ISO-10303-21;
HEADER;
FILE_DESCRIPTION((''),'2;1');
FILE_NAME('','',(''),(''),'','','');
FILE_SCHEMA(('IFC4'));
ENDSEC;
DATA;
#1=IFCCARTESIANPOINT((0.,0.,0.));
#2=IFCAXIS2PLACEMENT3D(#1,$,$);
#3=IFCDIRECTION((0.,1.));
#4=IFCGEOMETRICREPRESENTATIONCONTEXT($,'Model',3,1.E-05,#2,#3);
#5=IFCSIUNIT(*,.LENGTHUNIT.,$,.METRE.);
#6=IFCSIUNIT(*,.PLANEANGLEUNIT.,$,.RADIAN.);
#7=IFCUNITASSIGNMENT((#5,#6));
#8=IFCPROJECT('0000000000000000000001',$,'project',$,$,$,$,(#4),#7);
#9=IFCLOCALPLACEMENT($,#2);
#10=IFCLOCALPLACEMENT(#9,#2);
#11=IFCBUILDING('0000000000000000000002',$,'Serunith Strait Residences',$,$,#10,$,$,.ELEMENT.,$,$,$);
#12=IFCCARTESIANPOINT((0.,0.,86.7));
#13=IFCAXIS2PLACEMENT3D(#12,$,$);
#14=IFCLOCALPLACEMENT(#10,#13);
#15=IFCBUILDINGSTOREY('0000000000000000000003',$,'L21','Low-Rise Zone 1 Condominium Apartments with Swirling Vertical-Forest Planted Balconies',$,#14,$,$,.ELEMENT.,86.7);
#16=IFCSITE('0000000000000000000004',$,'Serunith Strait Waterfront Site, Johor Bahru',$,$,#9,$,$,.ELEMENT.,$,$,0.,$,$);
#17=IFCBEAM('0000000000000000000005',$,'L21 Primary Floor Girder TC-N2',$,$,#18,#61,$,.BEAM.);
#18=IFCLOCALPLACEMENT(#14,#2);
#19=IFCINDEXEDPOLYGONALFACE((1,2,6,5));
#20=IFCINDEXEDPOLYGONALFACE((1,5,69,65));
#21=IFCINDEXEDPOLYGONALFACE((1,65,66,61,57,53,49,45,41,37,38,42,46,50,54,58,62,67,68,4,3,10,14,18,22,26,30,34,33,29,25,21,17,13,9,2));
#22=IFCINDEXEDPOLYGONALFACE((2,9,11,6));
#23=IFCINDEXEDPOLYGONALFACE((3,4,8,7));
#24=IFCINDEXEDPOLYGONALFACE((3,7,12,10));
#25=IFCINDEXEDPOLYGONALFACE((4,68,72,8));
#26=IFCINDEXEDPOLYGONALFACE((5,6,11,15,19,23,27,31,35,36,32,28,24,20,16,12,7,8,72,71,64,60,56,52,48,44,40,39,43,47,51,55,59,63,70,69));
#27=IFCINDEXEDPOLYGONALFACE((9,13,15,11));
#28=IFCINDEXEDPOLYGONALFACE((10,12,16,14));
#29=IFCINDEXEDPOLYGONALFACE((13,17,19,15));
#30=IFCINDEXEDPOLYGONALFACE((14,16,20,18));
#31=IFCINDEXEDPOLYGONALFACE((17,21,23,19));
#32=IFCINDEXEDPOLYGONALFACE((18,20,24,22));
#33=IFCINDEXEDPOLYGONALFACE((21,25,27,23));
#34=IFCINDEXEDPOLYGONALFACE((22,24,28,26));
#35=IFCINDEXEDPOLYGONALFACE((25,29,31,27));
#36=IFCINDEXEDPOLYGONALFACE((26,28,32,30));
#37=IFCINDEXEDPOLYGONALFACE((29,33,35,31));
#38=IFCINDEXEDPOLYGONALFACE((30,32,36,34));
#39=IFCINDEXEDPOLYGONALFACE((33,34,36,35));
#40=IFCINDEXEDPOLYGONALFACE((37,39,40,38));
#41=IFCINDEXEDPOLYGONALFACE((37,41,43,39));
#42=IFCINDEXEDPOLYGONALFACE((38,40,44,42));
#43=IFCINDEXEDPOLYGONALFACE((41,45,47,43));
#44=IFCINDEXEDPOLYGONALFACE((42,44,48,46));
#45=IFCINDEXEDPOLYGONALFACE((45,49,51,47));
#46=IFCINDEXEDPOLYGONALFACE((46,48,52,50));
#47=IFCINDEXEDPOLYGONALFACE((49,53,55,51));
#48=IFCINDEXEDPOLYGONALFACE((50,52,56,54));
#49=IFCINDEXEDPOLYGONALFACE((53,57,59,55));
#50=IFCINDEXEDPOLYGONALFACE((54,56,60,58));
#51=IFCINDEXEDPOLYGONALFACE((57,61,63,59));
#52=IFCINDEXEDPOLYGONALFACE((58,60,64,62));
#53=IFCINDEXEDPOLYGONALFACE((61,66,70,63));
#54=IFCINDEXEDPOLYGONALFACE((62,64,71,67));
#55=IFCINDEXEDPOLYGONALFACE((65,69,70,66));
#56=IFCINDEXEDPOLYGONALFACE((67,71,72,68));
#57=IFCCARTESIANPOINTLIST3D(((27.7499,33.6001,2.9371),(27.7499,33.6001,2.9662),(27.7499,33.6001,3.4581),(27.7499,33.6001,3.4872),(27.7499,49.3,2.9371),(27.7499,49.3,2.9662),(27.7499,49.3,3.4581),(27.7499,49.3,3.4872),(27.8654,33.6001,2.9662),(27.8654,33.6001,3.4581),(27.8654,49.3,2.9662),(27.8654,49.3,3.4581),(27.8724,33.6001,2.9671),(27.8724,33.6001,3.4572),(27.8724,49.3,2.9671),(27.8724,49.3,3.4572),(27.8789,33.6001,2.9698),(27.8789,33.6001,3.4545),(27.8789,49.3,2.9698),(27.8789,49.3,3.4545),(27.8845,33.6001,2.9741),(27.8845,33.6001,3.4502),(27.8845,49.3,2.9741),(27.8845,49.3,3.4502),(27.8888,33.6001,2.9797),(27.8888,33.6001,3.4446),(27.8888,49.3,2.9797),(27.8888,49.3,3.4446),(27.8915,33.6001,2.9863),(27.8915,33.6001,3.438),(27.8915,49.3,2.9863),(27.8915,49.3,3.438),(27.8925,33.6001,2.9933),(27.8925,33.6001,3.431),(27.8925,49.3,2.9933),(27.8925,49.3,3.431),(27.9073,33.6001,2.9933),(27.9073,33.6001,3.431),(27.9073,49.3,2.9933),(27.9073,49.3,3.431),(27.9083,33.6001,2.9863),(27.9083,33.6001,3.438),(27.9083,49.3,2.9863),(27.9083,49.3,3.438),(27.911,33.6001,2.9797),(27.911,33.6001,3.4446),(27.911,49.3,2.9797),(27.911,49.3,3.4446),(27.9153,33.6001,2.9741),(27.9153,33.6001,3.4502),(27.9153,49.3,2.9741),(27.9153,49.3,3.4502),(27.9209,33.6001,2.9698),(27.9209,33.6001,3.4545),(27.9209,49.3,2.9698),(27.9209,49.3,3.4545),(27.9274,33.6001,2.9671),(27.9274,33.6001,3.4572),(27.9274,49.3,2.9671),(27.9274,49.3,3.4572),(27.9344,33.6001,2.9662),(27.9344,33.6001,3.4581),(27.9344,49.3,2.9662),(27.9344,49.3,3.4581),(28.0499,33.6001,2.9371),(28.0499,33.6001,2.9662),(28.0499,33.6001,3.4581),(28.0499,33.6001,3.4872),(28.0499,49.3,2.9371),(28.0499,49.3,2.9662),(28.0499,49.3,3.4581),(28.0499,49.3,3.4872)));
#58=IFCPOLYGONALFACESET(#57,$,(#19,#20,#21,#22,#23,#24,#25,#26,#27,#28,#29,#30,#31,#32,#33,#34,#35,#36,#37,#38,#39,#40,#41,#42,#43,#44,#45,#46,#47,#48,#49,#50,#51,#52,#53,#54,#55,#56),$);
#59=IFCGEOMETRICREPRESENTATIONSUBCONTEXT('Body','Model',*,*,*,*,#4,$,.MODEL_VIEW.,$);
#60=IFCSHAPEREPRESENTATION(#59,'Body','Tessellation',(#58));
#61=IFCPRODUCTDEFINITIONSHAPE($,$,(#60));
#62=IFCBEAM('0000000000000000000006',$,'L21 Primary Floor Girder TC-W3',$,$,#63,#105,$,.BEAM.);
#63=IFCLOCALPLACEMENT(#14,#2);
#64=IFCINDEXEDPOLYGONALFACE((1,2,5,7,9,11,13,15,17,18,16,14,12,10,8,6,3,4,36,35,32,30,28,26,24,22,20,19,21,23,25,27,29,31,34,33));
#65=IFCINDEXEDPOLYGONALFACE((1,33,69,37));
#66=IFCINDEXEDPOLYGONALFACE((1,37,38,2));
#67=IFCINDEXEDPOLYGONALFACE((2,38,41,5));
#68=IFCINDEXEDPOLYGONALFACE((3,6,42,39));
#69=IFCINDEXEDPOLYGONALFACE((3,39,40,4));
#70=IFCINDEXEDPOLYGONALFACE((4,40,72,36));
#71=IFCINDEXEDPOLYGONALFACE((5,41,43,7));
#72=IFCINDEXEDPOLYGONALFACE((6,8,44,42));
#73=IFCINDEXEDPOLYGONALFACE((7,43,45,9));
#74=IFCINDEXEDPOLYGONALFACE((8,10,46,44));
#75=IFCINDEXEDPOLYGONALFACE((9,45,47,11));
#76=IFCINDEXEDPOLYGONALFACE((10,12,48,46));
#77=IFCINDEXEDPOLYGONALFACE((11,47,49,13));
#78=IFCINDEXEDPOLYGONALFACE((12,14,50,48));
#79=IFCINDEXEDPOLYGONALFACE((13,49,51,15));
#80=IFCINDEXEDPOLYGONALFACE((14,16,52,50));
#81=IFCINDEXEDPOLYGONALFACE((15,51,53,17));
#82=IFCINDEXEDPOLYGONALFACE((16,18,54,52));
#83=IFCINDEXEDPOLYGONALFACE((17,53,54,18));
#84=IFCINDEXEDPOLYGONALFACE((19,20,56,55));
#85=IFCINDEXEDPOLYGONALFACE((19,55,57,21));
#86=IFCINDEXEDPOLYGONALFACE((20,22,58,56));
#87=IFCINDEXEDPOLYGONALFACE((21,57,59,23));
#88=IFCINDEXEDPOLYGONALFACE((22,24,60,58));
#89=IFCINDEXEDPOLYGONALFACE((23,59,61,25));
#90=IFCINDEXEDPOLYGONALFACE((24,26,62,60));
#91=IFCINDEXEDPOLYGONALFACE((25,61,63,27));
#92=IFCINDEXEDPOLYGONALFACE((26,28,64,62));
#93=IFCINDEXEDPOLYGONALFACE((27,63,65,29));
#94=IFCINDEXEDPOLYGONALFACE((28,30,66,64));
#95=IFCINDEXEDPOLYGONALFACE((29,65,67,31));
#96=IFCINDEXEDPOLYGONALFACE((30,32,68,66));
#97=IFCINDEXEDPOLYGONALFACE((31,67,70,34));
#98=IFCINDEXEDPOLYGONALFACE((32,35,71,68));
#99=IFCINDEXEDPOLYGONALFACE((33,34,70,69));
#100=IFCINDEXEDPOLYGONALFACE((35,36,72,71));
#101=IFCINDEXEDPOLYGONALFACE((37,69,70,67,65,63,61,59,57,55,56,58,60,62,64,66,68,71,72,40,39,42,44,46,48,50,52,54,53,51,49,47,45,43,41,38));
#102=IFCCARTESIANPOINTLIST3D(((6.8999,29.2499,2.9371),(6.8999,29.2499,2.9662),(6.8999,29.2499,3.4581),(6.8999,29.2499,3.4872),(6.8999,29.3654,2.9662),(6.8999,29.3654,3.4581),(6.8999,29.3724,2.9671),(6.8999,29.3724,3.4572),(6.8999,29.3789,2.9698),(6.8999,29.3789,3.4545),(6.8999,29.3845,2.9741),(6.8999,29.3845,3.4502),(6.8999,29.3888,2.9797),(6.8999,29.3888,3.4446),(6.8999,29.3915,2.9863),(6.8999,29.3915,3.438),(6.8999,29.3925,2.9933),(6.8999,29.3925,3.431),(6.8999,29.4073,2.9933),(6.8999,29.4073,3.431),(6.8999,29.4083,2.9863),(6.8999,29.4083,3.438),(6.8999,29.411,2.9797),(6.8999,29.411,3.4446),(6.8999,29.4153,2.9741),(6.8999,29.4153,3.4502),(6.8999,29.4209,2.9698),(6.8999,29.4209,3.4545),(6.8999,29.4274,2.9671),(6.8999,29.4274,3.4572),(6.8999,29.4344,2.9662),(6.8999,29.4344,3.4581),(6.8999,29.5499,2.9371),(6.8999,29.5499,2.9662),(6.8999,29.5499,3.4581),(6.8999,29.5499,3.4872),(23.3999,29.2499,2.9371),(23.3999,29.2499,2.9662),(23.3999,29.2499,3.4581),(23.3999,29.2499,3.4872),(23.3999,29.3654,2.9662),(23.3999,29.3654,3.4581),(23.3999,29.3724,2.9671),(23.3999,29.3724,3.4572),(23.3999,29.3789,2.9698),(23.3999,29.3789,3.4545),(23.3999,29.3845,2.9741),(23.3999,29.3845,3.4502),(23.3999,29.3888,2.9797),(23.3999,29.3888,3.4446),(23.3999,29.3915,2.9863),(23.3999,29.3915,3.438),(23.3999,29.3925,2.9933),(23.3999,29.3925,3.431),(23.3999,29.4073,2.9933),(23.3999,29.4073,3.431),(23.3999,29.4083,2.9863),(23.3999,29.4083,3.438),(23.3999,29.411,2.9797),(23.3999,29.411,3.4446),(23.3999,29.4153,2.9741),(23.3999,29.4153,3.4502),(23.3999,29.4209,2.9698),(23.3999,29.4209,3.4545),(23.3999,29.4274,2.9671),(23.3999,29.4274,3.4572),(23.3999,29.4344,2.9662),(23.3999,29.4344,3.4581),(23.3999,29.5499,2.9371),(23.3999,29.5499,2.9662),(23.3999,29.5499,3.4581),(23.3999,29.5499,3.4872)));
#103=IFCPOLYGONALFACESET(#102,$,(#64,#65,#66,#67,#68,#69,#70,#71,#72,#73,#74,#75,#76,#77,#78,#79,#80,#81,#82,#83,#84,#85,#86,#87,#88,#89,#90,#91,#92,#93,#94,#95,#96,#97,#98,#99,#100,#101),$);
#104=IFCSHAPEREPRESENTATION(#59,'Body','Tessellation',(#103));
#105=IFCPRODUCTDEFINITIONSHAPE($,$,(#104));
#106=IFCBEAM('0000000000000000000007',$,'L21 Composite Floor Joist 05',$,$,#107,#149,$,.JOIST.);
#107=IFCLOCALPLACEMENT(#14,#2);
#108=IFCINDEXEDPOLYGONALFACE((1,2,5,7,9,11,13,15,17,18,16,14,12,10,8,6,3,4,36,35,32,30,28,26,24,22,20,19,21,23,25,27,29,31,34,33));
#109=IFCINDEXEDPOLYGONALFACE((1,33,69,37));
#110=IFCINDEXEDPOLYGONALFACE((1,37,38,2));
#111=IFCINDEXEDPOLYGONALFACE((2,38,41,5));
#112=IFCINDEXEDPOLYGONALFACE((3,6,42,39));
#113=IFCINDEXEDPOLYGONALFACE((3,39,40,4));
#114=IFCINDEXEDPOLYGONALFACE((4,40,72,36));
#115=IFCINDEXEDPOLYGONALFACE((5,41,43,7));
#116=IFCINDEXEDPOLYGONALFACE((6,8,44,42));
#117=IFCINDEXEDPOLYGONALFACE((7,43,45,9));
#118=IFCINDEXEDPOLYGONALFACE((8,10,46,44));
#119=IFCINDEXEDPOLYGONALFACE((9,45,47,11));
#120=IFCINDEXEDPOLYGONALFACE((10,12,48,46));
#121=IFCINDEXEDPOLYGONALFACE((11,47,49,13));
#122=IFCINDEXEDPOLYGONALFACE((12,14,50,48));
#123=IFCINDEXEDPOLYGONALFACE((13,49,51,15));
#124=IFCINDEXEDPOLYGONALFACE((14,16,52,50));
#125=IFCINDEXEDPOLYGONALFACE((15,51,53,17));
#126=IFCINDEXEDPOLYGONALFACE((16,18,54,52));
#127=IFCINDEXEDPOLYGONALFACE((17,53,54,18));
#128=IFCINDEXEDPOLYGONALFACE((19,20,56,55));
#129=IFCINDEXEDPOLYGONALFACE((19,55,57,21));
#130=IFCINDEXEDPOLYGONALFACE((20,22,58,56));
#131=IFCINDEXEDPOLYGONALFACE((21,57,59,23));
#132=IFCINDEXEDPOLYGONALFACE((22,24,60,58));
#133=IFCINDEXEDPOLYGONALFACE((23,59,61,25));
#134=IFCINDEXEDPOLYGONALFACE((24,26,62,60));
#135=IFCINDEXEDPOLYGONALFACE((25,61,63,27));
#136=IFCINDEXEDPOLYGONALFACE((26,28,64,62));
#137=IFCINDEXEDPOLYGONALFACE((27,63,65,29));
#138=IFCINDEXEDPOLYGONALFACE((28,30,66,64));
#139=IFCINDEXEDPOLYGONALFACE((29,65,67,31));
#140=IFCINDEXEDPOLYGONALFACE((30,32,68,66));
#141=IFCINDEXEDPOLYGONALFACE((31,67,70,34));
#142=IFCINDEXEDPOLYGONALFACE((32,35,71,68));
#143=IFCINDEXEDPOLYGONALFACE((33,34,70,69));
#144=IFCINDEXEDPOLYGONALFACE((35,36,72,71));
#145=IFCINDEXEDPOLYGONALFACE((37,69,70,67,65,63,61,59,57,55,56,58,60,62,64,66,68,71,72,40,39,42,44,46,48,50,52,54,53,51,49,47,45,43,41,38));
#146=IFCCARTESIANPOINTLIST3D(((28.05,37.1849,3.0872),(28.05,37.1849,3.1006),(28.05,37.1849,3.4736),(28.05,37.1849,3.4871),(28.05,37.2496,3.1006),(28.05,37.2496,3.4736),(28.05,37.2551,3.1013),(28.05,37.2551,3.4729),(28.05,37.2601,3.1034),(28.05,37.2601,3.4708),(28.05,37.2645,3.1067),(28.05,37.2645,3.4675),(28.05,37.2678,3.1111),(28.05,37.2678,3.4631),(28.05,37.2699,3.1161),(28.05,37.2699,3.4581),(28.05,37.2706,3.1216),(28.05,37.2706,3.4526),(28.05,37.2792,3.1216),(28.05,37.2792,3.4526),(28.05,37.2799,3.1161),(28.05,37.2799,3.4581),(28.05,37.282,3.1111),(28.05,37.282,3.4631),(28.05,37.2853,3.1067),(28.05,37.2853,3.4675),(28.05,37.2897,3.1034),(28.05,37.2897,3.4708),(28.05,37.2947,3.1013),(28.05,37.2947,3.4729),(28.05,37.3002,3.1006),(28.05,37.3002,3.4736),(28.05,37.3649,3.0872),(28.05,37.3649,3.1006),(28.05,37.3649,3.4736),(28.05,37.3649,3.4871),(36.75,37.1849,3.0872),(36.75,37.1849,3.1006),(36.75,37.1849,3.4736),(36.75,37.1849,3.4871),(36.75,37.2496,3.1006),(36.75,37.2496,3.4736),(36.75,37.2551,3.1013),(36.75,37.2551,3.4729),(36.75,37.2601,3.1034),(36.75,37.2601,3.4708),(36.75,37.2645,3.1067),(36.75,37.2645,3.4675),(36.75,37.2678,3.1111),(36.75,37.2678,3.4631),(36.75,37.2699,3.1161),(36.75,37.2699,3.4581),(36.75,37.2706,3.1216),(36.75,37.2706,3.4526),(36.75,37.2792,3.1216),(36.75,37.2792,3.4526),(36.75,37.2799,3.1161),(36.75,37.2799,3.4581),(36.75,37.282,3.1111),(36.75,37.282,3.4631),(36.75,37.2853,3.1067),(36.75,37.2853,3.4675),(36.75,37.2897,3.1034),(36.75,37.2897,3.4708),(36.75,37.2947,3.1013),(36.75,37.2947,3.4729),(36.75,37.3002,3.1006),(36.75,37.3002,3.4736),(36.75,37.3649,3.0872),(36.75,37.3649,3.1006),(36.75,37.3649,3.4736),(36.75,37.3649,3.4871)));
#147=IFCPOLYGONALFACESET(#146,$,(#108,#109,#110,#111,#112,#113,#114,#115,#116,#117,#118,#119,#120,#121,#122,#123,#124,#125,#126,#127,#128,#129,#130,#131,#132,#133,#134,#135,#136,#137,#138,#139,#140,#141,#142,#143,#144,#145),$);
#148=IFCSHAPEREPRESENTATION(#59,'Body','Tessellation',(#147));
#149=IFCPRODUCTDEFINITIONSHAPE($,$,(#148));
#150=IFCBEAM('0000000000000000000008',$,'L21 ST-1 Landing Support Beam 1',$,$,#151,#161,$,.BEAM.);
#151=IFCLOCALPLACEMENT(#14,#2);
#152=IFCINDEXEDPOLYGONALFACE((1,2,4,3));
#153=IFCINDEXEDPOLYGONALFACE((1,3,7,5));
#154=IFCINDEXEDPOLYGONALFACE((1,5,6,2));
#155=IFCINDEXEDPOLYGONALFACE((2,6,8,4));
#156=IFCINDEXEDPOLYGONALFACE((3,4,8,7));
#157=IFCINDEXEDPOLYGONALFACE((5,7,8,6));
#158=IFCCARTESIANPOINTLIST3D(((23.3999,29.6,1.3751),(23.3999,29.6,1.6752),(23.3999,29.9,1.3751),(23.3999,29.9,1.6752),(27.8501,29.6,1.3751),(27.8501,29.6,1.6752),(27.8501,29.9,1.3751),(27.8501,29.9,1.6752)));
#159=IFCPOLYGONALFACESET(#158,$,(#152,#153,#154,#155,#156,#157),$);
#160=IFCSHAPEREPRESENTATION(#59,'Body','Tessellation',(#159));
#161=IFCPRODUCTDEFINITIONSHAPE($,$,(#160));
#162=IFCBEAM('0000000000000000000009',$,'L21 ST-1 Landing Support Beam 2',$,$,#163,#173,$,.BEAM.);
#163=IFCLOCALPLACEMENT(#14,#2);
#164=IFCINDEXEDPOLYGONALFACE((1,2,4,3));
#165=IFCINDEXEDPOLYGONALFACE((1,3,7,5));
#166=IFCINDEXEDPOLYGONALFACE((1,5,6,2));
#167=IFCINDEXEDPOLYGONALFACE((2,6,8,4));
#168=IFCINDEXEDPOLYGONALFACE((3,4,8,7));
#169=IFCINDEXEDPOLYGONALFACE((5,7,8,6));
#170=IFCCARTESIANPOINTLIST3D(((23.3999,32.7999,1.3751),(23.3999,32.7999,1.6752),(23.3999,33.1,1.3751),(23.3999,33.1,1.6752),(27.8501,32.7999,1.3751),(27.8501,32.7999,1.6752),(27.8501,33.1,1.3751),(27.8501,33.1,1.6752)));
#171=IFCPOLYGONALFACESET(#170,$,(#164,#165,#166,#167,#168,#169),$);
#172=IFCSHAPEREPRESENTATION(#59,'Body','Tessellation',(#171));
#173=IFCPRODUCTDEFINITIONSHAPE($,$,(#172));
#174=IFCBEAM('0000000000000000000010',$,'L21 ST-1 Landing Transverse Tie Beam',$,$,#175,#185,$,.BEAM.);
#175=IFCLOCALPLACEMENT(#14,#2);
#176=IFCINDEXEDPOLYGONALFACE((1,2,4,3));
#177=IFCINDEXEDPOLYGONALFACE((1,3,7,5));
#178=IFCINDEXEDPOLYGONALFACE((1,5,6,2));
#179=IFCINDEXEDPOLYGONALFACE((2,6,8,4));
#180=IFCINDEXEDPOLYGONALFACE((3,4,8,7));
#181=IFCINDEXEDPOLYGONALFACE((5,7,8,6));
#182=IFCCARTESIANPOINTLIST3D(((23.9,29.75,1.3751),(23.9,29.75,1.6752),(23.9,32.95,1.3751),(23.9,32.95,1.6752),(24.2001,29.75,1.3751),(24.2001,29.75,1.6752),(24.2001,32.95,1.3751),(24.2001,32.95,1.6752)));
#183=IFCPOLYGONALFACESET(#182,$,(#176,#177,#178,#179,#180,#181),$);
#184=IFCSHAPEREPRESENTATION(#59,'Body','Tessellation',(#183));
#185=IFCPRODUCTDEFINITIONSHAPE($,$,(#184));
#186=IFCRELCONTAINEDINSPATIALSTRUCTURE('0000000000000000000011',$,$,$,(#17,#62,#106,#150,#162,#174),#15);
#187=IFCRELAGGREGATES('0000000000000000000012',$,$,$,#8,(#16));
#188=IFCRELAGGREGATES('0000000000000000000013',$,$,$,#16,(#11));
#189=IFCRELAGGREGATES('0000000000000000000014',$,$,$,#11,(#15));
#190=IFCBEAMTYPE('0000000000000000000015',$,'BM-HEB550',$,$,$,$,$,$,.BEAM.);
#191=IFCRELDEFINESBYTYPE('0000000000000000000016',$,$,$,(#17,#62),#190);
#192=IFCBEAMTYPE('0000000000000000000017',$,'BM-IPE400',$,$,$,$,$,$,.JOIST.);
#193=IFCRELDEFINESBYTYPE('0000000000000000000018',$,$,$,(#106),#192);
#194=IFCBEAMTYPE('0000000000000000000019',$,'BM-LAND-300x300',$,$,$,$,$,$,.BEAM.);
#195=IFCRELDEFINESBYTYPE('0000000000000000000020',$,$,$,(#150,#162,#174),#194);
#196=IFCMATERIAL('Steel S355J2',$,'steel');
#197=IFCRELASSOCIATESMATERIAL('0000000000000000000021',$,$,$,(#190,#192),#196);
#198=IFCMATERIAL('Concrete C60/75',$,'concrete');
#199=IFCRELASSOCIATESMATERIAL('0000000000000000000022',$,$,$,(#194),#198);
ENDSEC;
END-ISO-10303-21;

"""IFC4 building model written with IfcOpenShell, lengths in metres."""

from ifc_helpers import new_model, si_unit, direction, frame, origin, origin_2d, place, context, subcontext, project, spatial, rectangle, i_section, extrude, source, transform, mapped, material, material_profile, profile_set, type_object, element, save


model = new_model("IFC4")

# Units and contexts
model_context = context("Model", 3, precision=1e-05, world=origin(), true_north=direction((0.0, 1.0)))
body_context = subcontext(model_context, "Body", "Model", "MODEL_VIEW")
ifc_project = project(units=[si_unit("LENGTHUNIT", "METRE"), si_unit("PLANEANGLEUNIT", "RADIAN")], contexts=[model_context])

# Site, building, storey
site_placement = place(None, origin())
site = spatial("IfcSite", under=ifc_project, at=site_placement, Name="Serunith Strait Waterfront Site, Johor Bahru", CompositionType="ELEMENT", RefElevation=0.0)
building_placement = place(site_placement, origin())
building = spatial("IfcBuilding", under=site, at=building_placement, Name="Serunith Strait Residences", CompositionType="ELEMENT")
storey_placement = place(building_placement, frame((0.0, 0.0, 86.7)))
storey = spatial("IfcBuildingStorey", under=building, at=storey_placement, Name="L21", Description="Low-Rise Zone 1 Condominium Apartments with Swirling Vertical-Forest Planted Balconies", CompositionType="ELEMENT", Elevation=86.7)

# Beams
ifc_material_1 = material(Name="Steel S355J2", Category="steel")
ifc_material_profile_1 = material_profile(ifc_material_1, i_section(OverallWidth=0.3, OverallDepth=0.55, WebThickness=0.0149, FlangeThickness=0.0291, FilletRadius=0.0271, at=origin_2d()), Name="HEB 550")
ifc_profile_set_1 = profile_set([ifc_material_profile_1], Name="Steel S355J2")
beam_type_1 = type_object("IfcBeamType", Name="BM-HEB550", PredefinedType="BEAM", material=ifc_profile_set_1)
shared_shape_1 = source(origin(), body_context, "Body", "SweptSolid", [
    extrude(i_section(OverallWidth=0.3, OverallDepth=0.55, WebThickness=0.0149, FlangeThickness=0.0291, FilletRadius=0.0271, at=origin_2d()), origin(), (0.0, 0.0, 1.0), 15.7),
])
beam_1_placement = place(storey_placement, frame((27.8999, 33.6001, 3.2122), z_axis=(0.0, 1.0, 0.0), x_axis=(-1.0, 0.0, 0.0)))
element("IfcBeam", 1, at=beam_1_placement, inside=storey, type_object=beam_type_1, Name="L21 Primary Floor Girder TC-N2", PredefinedType="BEAM", context=body_context, shape_type="MappedRepresentation", body=[
    mapped(shared_shape_1, transform((0.0, 0.0, 0.0), scale=1.0)),
])
shared_shape_2 = source(origin(), body_context, "Body", "SweptSolid", [
    extrude(i_section(OverallWidth=0.3, OverallDepth=0.55, WebThickness=0.0149, FlangeThickness=0.0291, FilletRadius=0.0271, at=origin_2d()), origin(), (0.0, 0.0, 1.0), 16.5),
])
beam_2_placement = place(storey_placement, frame((23.3999, 29.3999, 3.2122), z_axis=(-1.0, 0.0, 0.0), x_axis=(0.0, -1.0, 0.0)))
element("IfcBeam", 2, at=beam_2_placement, inside=storey, type_object=beam_type_1, Name="L21 Primary Floor Girder TC-W3", PredefinedType="BEAM", context=body_context, shape_type="MappedRepresentation", body=[
    mapped(shared_shape_2, transform((0.0, 0.0, 0.0), scale=1.0)),
])
ifc_material_profile_2 = material_profile(ifc_material_1, i_section(OverallWidth=0.1799, OverallDepth=0.3999, WebThickness=0.0085, FlangeThickness=0.0134, FilletRadius=0.021, at=origin_2d()), Name="IPE 400")
ifc_profile_set_2 = profile_set([ifc_material_profile_2], Name="Steel S355J2")
beam_type_2 = type_object("IfcBeamType", Name="BM-IPE400", PredefinedType="JOIST", material=ifc_profile_set_2)
shared_shape_3 = source(origin(), body_context, "Body", "SweptSolid", [
    extrude(i_section(OverallWidth=0.1799, OverallDepth=0.3999, WebThickness=0.0085, FlangeThickness=0.0134, FilletRadius=0.021, at=origin_2d()), origin(), (0.0, 0.0, 1.0), 8.7),
])
beam_3_placement = place(storey_placement, frame((28.05, 37.2749, 3.2871), z_axis=(1.0, 0.0, 0.0), x_axis=(0.0, 1.0, 0.0)))
element("IfcBeam", 3, at=beam_3_placement, inside=storey, type_object=beam_type_2, Name="L21 Composite Floor Joist 05", PredefinedType="JOIST", context=body_context, shape_type="MappedRepresentation", body=[
    mapped(shared_shape_3, transform((0.0, 0.0, 0.0), scale=1.0)),
])
ifc_material_2 = material(Name="Concrete C60/75", Category="concrete")
ifc_material_profile_3 = material_profile(ifc_material_2, rectangle(XDim=0.3, YDim=0.3, at=origin_2d()), Name="RC 300x300")
ifc_profile_set_3 = profile_set([ifc_material_profile_3], Name="Concrete C60/75")
beam_type_3 = type_object("IfcBeamType", Name="BM-LAND-300x300", PredefinedType="BEAM", material=ifc_profile_set_3)
shared_shape_4 = source(origin(), body_context, "Body", "SweptSolid", [
    extrude(rectangle(XDim=0.3, YDim=0.3, at=origin_2d()), origin(), (0.0, 0.0, 1.0), 4.4502),
])
for number, where, z_axis, x_axis, name in (
    (4, (23.3999, 29.75, 1.5251), (1.0, 0.0, 0.0), (0.0, 1.0, 0.0), "L21 ST-1 Landing Support Beam 1"),
    (5, (23.3999, 32.95, 1.5251), (1.0, 0.0, 0.0), (0.0, 1.0, 0.0), "L21 ST-1 Landing Support Beam 2"),
):
    element("IfcBeam", number, at=place(storey_placement, frame(where, z_axis=z_axis, x_axis=x_axis)), inside=storey, type_object=beam_type_3, Name=name, PredefinedType="BEAM", context=body_context, shape_type="MappedRepresentation", body=[
        mapped(shared_shape_4, transform((0.0, 0.0, 0.0), scale=1.0)),
    ])
shared_shape_5 = source(origin(), body_context, "Body", "SweptSolid", [
    extrude(rectangle(XDim=0.3, YDim=0.3, at=origin_2d()), origin(), (0.0, 0.0, 1.0), 3.2),
])
beam_4_placement = place(storey_placement, frame((24.05, 29.75, 1.5251), z_axis=(0.0, 1.0, 0.0), x_axis=(-1.0, 0.0, 0.0)))
element("IfcBeam", 6, at=beam_4_placement, inside=storey, type_object=beam_type_3, Name="L21 ST-1 Landing Transverse Tie Beam", PredefinedType="BEAM", context=body_context, shape_type="MappedRepresentation", body=[
    mapped(shared_shape_5, transform((0.0, 0.0, 0.0), scale=1.0)),
])

save(model, "model.ifc")
